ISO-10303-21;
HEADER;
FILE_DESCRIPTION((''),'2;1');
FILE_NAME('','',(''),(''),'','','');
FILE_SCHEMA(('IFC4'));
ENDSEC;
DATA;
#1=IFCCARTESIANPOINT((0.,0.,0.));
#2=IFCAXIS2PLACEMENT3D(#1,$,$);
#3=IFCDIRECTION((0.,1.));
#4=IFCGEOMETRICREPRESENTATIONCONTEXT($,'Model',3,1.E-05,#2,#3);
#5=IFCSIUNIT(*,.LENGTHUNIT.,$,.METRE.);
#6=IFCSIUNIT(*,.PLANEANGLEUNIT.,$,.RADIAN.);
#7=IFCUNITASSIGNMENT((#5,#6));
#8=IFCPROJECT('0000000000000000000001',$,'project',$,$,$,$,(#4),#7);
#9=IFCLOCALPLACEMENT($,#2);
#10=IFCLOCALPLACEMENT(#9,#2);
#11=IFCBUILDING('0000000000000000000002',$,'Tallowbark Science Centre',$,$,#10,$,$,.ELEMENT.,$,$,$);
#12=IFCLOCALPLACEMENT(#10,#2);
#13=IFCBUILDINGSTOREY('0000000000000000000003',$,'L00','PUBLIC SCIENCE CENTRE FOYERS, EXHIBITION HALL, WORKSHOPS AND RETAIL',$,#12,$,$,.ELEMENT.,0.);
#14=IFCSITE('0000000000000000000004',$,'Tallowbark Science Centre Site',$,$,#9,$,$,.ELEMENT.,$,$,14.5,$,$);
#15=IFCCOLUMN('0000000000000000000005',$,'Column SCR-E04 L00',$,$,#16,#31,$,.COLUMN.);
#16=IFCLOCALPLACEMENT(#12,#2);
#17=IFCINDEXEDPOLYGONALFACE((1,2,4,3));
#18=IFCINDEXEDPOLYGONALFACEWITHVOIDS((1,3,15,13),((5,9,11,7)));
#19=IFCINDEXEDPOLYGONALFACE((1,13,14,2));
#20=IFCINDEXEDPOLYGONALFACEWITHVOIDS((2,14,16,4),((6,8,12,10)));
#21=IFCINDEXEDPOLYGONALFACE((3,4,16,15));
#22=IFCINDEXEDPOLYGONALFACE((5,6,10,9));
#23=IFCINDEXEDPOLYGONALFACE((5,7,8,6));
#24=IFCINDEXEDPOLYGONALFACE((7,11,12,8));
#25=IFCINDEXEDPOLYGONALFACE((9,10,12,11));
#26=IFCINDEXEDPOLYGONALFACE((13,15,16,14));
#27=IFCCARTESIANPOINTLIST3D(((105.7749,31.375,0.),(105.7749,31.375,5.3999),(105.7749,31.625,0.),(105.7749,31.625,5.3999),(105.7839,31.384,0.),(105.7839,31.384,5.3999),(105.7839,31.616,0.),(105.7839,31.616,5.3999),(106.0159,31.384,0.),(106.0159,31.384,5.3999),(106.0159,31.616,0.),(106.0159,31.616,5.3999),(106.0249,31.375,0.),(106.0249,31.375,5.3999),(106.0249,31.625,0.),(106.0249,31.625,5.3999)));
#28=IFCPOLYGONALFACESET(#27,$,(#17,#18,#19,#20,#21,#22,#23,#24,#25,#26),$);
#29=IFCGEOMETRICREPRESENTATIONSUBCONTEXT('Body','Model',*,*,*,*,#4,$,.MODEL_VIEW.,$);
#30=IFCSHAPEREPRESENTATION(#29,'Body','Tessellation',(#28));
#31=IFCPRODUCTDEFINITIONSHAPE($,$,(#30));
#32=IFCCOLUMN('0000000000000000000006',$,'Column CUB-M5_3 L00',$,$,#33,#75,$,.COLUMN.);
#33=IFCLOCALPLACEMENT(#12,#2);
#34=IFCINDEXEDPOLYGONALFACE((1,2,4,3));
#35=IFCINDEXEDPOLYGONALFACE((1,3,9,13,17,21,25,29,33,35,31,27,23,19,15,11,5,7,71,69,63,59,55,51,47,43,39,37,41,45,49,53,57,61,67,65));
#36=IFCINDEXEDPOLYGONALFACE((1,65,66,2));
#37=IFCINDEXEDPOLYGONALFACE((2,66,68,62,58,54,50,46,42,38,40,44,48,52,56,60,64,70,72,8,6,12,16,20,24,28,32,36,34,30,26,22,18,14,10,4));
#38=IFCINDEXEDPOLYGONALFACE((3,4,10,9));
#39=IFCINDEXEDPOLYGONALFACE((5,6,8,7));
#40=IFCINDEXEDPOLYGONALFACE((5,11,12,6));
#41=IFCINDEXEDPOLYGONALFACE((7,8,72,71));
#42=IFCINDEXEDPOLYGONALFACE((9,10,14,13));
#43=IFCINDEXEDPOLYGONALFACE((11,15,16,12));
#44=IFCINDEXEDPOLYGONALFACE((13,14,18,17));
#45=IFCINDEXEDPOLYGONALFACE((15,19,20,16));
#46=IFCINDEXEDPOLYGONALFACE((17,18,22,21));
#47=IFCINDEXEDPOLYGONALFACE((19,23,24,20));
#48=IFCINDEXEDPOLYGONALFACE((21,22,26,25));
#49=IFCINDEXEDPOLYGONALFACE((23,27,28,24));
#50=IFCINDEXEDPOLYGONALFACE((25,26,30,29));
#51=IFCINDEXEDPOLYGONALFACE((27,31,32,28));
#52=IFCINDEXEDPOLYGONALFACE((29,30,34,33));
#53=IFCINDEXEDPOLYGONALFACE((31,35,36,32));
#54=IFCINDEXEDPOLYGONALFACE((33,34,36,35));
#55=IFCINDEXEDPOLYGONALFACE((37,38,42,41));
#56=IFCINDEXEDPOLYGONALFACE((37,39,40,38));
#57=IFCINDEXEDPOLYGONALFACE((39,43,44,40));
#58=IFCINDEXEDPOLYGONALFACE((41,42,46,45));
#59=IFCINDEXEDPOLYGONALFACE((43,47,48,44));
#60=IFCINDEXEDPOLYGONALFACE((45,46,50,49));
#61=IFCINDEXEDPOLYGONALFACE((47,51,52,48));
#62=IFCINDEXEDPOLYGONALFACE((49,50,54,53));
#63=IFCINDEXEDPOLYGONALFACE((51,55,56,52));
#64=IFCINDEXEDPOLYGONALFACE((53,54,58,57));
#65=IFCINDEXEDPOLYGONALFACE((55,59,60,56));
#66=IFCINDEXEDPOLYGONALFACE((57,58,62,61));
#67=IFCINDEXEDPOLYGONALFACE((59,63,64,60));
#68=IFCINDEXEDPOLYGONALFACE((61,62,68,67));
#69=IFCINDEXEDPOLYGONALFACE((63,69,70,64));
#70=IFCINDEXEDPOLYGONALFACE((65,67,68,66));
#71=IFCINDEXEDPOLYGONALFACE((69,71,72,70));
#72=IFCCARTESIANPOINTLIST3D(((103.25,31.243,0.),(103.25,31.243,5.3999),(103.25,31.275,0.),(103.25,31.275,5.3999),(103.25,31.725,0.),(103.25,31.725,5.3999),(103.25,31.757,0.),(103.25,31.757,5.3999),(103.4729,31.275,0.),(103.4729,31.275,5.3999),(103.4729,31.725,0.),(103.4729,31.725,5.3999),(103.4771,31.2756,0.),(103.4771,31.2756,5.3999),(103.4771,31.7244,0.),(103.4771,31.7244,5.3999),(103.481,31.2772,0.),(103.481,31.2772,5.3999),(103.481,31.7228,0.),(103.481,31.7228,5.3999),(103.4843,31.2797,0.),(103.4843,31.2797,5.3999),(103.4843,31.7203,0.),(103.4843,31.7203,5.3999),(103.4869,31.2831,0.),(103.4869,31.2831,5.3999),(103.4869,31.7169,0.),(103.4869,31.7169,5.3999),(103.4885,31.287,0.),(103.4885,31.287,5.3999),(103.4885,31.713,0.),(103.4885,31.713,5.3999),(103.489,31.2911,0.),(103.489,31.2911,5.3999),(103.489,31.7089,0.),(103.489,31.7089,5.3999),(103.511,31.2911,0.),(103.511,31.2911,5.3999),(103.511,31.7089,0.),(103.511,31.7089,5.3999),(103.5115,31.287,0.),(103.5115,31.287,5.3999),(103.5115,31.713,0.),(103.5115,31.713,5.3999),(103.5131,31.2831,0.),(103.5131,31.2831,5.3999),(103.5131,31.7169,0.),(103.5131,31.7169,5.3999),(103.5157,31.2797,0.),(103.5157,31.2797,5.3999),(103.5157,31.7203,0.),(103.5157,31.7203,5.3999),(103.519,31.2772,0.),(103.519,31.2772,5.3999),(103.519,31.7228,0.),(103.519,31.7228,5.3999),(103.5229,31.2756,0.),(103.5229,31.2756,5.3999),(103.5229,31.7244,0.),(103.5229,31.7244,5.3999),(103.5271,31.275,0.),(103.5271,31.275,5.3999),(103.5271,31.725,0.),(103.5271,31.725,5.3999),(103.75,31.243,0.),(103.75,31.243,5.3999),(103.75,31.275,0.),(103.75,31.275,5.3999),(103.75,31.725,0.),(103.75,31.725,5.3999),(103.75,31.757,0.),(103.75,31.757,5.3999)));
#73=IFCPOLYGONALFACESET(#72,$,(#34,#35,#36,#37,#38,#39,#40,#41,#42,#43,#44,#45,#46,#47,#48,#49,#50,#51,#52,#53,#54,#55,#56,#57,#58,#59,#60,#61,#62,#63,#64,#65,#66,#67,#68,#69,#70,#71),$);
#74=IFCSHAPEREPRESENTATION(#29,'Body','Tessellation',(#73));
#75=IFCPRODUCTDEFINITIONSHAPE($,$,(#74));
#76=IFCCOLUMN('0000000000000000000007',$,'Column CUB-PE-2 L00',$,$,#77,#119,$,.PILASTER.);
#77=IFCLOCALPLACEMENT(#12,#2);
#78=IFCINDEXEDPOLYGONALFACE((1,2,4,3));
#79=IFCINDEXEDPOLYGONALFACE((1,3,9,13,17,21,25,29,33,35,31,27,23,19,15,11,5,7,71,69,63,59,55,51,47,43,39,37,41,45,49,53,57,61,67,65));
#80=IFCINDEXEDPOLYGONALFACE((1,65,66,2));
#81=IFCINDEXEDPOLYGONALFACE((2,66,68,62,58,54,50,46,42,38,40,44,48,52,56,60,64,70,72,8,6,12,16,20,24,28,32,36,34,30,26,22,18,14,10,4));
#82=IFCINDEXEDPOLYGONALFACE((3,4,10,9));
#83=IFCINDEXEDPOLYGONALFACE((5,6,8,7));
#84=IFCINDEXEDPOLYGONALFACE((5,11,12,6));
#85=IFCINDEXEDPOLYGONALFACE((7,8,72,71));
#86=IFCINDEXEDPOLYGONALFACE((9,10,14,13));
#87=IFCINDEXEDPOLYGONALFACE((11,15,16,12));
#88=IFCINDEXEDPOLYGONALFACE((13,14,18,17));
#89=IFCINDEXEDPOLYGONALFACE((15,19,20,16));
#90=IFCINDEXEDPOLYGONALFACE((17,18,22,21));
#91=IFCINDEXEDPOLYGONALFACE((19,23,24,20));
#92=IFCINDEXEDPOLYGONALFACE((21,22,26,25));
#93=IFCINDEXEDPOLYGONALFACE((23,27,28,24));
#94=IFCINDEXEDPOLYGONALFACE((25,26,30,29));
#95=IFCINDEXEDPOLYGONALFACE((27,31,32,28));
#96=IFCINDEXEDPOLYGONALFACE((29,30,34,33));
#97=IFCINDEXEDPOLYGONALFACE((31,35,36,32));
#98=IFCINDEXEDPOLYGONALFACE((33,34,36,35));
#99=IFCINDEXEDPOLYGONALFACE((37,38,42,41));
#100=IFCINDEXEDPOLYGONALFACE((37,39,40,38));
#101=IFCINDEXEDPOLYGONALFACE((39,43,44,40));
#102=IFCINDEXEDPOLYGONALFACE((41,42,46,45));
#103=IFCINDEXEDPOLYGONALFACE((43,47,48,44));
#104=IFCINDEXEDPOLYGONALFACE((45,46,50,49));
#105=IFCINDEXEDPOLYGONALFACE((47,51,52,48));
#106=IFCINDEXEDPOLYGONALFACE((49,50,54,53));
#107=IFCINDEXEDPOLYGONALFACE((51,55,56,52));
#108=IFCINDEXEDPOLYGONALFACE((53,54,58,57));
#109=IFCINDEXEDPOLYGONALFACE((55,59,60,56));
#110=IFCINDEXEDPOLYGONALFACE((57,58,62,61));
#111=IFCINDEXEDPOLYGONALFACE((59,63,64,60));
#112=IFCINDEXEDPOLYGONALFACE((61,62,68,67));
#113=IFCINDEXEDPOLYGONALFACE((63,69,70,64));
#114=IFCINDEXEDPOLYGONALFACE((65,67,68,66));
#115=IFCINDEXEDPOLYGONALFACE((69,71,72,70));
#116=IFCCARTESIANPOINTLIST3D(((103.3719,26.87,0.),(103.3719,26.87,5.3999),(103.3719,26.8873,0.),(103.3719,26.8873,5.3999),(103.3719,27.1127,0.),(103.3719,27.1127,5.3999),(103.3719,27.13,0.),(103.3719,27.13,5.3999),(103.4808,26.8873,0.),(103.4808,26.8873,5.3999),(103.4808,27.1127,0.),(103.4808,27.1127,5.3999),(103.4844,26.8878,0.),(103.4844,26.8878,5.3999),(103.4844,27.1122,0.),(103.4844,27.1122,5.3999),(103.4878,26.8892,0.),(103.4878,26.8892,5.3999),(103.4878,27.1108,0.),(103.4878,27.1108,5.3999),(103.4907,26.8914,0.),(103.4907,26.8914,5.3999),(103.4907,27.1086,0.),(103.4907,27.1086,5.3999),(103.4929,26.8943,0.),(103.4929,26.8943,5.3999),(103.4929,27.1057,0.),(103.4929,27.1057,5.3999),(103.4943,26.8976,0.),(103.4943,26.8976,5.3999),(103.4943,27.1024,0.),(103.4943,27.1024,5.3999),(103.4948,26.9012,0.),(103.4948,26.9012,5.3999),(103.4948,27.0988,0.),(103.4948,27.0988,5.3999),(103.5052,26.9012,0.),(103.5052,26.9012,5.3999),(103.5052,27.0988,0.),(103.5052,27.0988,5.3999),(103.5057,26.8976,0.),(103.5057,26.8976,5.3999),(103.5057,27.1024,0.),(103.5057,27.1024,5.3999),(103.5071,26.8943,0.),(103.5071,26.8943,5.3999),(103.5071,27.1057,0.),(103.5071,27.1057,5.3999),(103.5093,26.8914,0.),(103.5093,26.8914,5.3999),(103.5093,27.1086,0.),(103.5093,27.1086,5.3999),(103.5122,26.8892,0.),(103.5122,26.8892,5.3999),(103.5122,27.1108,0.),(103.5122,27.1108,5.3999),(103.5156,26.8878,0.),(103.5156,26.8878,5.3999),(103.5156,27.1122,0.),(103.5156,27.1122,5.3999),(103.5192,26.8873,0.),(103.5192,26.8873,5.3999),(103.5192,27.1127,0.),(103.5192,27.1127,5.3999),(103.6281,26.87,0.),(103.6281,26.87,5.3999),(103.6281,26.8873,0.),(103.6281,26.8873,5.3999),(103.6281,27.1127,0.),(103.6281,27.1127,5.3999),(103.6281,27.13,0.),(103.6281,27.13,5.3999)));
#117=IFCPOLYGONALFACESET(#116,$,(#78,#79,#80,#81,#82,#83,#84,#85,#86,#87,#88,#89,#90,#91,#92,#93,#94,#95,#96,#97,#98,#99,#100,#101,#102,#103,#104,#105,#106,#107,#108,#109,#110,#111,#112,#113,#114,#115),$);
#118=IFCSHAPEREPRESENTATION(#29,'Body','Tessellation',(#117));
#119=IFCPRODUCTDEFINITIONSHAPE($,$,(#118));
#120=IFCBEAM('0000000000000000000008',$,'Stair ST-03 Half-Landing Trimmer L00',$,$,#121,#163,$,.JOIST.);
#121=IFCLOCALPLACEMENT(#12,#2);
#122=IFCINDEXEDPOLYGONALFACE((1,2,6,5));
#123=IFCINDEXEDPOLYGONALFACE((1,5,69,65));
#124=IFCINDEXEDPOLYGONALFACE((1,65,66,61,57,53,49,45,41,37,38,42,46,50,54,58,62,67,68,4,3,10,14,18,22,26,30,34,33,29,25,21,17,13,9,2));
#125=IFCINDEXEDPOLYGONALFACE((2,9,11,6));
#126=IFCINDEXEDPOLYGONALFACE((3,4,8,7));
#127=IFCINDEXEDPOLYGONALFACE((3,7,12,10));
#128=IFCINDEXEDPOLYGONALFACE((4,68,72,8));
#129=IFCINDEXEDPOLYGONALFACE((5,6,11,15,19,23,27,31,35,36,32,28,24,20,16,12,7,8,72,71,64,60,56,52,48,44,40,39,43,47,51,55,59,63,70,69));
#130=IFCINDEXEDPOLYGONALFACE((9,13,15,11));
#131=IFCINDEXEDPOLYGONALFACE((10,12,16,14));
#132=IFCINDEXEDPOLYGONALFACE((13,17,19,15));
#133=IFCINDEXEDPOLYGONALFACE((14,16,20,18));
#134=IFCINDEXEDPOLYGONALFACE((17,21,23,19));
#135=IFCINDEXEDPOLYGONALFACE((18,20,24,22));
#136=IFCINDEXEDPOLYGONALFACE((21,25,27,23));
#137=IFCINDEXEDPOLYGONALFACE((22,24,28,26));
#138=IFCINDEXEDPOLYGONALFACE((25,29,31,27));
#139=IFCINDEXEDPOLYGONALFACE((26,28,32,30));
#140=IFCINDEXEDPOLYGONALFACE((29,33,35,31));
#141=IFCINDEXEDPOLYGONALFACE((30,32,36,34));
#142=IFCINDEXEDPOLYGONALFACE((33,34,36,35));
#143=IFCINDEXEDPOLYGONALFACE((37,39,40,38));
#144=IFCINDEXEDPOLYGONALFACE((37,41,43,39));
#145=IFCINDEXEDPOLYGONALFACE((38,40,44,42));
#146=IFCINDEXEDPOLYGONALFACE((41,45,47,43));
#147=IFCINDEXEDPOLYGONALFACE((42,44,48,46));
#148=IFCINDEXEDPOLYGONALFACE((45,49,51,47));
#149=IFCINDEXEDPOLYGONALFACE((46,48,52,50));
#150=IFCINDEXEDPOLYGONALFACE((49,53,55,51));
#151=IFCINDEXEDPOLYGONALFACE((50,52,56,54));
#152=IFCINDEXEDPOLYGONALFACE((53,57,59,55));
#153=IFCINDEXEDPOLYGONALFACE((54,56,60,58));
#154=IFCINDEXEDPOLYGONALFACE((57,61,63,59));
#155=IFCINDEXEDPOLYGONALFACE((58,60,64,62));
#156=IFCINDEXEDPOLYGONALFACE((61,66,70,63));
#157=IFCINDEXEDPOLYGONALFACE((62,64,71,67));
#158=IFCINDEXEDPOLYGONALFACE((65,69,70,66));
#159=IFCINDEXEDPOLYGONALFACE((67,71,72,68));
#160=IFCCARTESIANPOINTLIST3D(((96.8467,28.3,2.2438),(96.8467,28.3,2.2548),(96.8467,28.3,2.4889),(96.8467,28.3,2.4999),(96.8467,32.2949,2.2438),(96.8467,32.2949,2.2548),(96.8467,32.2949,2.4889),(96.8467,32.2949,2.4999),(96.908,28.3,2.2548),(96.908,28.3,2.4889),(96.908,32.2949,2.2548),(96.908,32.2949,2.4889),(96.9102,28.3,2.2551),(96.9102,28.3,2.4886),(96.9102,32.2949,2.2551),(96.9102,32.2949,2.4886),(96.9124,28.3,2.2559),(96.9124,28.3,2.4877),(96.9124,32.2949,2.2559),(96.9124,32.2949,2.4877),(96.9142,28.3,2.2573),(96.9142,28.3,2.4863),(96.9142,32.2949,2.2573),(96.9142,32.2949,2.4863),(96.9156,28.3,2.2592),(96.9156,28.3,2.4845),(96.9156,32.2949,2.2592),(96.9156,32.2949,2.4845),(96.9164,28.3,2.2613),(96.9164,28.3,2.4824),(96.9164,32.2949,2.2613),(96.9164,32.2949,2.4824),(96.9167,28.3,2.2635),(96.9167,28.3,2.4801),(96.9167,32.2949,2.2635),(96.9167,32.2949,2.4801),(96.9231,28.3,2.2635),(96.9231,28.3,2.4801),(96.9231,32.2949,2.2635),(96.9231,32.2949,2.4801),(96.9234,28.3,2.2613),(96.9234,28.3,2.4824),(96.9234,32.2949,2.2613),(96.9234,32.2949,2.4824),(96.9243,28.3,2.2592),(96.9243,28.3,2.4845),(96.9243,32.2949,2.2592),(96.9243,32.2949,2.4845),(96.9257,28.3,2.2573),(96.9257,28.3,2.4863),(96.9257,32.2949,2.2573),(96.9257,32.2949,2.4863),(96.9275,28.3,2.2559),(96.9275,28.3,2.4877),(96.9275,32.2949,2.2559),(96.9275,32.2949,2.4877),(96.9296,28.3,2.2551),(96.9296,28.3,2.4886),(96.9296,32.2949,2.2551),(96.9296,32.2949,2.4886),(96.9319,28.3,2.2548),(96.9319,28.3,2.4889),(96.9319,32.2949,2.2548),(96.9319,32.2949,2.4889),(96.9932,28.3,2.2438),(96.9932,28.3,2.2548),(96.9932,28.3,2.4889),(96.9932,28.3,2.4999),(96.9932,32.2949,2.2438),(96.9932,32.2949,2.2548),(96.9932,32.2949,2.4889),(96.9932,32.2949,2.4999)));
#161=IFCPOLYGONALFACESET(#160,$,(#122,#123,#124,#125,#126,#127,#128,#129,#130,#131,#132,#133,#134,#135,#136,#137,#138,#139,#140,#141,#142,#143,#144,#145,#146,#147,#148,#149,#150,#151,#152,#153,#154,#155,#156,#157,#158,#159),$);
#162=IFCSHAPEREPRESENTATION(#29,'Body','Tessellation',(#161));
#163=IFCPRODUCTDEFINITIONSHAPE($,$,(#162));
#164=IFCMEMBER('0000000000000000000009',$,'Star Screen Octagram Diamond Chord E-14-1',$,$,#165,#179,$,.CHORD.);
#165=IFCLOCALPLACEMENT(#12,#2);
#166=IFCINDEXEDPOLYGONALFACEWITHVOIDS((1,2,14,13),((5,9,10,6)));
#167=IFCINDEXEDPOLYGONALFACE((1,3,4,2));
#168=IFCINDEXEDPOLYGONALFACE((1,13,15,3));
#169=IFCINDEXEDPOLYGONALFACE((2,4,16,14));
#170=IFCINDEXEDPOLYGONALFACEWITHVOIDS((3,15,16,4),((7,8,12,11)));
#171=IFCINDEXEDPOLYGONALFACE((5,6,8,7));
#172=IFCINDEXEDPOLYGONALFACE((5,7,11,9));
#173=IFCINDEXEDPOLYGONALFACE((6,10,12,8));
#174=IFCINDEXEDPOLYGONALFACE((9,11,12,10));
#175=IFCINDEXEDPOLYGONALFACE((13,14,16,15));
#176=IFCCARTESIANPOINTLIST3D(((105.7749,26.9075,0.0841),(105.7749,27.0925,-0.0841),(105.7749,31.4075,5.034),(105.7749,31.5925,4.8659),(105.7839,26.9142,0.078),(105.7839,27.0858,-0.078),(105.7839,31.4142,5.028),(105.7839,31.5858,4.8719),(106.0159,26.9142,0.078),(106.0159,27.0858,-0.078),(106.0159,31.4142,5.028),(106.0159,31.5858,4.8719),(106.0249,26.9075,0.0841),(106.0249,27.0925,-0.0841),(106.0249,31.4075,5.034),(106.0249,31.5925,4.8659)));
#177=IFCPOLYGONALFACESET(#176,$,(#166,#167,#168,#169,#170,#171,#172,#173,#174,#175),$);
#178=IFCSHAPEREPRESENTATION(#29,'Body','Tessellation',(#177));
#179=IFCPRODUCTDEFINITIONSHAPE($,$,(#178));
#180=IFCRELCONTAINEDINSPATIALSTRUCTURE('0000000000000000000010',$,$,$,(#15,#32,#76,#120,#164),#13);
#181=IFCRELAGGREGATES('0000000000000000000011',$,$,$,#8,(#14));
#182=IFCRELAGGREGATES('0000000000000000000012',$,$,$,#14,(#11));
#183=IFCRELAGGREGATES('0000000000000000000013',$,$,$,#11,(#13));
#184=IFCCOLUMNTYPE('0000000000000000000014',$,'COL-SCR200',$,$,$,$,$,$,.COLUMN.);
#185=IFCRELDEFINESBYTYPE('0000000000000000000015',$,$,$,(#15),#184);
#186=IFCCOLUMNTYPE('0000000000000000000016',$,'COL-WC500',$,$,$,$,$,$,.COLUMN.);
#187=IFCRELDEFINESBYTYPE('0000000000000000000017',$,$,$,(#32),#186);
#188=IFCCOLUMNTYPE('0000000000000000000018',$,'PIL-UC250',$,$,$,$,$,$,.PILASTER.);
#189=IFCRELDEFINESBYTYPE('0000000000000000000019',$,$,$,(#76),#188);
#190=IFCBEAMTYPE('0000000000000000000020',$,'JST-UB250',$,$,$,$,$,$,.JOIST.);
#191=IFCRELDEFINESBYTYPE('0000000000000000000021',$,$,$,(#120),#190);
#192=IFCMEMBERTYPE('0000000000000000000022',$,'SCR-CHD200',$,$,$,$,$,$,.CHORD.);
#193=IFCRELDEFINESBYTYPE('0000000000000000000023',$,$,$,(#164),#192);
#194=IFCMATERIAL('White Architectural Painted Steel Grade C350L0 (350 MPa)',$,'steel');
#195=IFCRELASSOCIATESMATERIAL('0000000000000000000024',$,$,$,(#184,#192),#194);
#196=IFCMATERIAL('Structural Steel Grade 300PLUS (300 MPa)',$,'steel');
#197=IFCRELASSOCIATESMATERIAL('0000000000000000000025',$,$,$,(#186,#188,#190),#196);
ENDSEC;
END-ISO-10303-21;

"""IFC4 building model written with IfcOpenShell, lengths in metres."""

from ifc_helpers import new_model, si_unit, direction, frame, origin, origin_2d, place, context, subcontext, project, spatial, hollow_rectangle, i_section, extrude, material, material_profile, profile_set, type_object, element, save


model = new_model("IFC4")

# Units and contexts
model_context = context("Model", 3, precision=1e-05, world=origin(), true_north=direction((0.0, 1.0)))
body_context = subcontext(model_context, "Body", "Model", "MODEL_VIEW")
ifc_project = project(units=[si_unit("LENGTHUNIT", "METRE"), si_unit("PLANEANGLEUNIT", "RADIAN")], contexts=[model_context])

# Site, building, storey
site_placement = place(None, origin())
site = spatial("IfcSite", under=ifc_project, at=site_placement, Name="Tallowbark Science Centre Site", CompositionType="ELEMENT", RefElevation=14.5)
building_placement = place(site_placement, origin())
building = spatial("IfcBuilding", under=site, at=building_placement, Name="Tallowbark Science Centre", CompositionType="ELEMENT")
storey_placement = place(building_placement, origin())
storey = spatial("IfcBuildingStorey", under=building, at=storey_placement, Name="L00", Description="PUBLIC SCIENCE CENTRE FOYERS, EXHIBITION HALL, WORKSHOPS AND RETAIL", CompositionType="ELEMENT", Elevation=0.0)

# Columns
ifc_material_1 = material(Name="White Architectural Painted Steel Grade C350L0 (350 MPa)", Category="steel")
ifc_material_profile_1 = material_profile(ifc_material_1, hollow_rectangle(XDim=0.25, YDim=0.25, WallThickness=0.009, at=origin_2d()), Name="250x250x9.0SHS")
ifc_profile_set_1 = profile_set([ifc_material_profile_1], Name="White Architectural Painted Steel Grade C350L0 (350 MPa)")
column_type_1 = type_object("IfcColumnType", Name="COL-SCR200", PredefinedType="COLUMN", material=ifc_profile_set_1)
column_1_placement = place(storey_placement, frame((105.8999, 31.5, 0.0), z_axis=(0.0, 0.0, 1.0), x_axis=(1.0, 0.0, 0.0)))
element("IfcColumn", 1, at=column_1_placement, inside=storey, type_object=column_type_1, Name="Column SCR-E04 L00", PredefinedType="COLUMN", context=body_context, shape_type="SweptSolid", body=[
    extrude(hollow_rectangle(XDim=0.25, YDim=0.25, WallThickness=0.009, at=origin_2d()), origin(), (0.0, 0.0, 1.0), 5.3999),
])
ifc_material_2 = material(Name="Structural Steel Grade 300PLUS (300 MPa)", Category="steel")
ifc_material_profile_2 = material_profile(ifc_material_2, i_section(OverallWidth=0.5, OverallDepth=0.5139, WebThickness=0.022, FlangeThickness=0.032, FilletRadius=0.0161, at=origin_2d()), Name="500WC340")
ifc_profile_set_2 = profile_set([ifc_material_profile_2], Name="Structural Steel Grade 300PLUS (300 MPa)")
column_type_2 = type_object("IfcColumnType", Name="COL-WC500", PredefinedType="COLUMN", material=ifc_profile_set_2)
column_2_placement = place(storey_placement, frame((103.5, 31.5, 0.0), z_axis=(0.0, 0.0, 1.0), x_axis=(1.0, 0.0, 0.0)))
element("IfcColumn", 2, at=column_2_placement, inside=storey, type_object=column_type_2, Name="Column CUB-M5_3 L00", PredefinedType="COLUMN", context=body_context, shape_type="SweptSolid", body=[
    extrude(i_section(OverallWidth=0.5, OverallDepth=0.5139, WebThickness=0.022, FlangeThickness=0.032, FilletRadius=0.0161, at=origin_2d()), origin(), (0.0, 0.0, 1.0), 5.3999),
])
ifc_material_profile_3 = material_profile(ifc_material_2, i_section(OverallWidth=0.2561, OverallDepth=0.26, WebThickness=0.0105, FlangeThickness=0.0173, FilletRadius=0.0139, at=origin_2d()), Name="250UC89.5")
ifc_profile_set_3 = profile_set([ifc_material_profile_3], Name="Structural Steel Grade 300PLUS (300 MPa)")
column_type_3 = type_object("IfcColumnType", Name="PIL-UC250", PredefinedType="PILASTER", material=ifc_profile_set_3)
column_3_placement = place(storey_placement, frame((103.5, 27.0, 0.0), z_axis=(0.0, 0.0, 1.0), x_axis=(1.0, 0.0, 0.0)))
element("IfcColumn", 3, at=column_3_placement, inside=storey, type_object=column_type_3, Name="Column CUB-PE-2 L00", PredefinedType="PILASTER", context=body_context, shape_type="SweptSolid", body=[
    extrude(i_section(OverallWidth=0.2561, OverallDepth=0.26, WebThickness=0.0105, FlangeThickness=0.0173, FilletRadius=0.0139, at=origin_2d()), origin(), (0.0, 0.0, 1.0), 5.3999),
])

# Beam
ifc_material_profile_4 = material_profile(ifc_material_2, i_section(OverallWidth=0.1465, OverallDepth=0.2561, WebThickness=0.0063, FlangeThickness=0.011, FilletRadius=0.0088, at=origin_2d()), Name="250UB37.3")
ifc_profile_set_4 = profile_set([ifc_material_profile_4], Name="Structural Steel Grade 300PLUS (300 MPa)")
beam_type_1 = type_object("IfcBeamType", Name="JST-UB250", PredefinedType="JOIST", material=ifc_profile_set_4)
beam_placement = place(storey_placement, frame((96.9199, 28.3, 2.3718), z_axis=(0.0, 1.0, 0.0), x_axis=(-1.0, 0.0, 0.0)))
element("IfcBeam", 4, at=beam_placement, inside=storey, type_object=beam_type_1, Name="Stair ST-03 Half-Landing Trimmer L00", PredefinedType="JOIST", context=body_context, shape_type="SweptSolid", body=[
    extrude(i_section(OverallWidth=0.1465, OverallDepth=0.2561, WebThickness=0.0063, FlangeThickness=0.011, FilletRadius=0.0088, at=origin_2d()), origin(), (0.0, 0.0, 1.0), 3.9949),
])

# Member
ifc_material_profile_5 = material_profile(ifc_material_1, hollow_rectangle(XDim=0.25, YDim=0.25, WallThickness=0.009, at=origin_2d()), Name="250x250x9.0SHS")
ifc_profile_set_5 = profile_set([ifc_material_profile_5], Name="White Architectural Painted Steel Grade C350L0 (350 MPa)")
member_type_1 = type_object("IfcMemberType", Name="SCR-CHD200", PredefinedType="CHORD", material=ifc_profile_set_5)
for number, where, z_axis, x_axis, name in (
    (5, (105.8999, 27.0, 0.0), (0.0, 0.672676, 0.739937), (-1.0, 0.0, 0.0), "Star Screen Octagram Diamond Chord E-14-1"),
):
    element("IfcMember", number, at=place(storey_placement, frame(where, z_axis=z_axis, x_axis=x_axis)), inside=storey, type_object=member_type_1, Name=name, PredefinedType="CHORD", context=body_context, shape_type="SweptSolid", body=[
        extrude(hollow_rectangle(XDim=0.25, YDim=0.25, WallThickness=0.009, at=origin_2d()), origin(), (0.0, 0.0, 1.0), 6.6897),
    ])

save(model, "model.ifc")
